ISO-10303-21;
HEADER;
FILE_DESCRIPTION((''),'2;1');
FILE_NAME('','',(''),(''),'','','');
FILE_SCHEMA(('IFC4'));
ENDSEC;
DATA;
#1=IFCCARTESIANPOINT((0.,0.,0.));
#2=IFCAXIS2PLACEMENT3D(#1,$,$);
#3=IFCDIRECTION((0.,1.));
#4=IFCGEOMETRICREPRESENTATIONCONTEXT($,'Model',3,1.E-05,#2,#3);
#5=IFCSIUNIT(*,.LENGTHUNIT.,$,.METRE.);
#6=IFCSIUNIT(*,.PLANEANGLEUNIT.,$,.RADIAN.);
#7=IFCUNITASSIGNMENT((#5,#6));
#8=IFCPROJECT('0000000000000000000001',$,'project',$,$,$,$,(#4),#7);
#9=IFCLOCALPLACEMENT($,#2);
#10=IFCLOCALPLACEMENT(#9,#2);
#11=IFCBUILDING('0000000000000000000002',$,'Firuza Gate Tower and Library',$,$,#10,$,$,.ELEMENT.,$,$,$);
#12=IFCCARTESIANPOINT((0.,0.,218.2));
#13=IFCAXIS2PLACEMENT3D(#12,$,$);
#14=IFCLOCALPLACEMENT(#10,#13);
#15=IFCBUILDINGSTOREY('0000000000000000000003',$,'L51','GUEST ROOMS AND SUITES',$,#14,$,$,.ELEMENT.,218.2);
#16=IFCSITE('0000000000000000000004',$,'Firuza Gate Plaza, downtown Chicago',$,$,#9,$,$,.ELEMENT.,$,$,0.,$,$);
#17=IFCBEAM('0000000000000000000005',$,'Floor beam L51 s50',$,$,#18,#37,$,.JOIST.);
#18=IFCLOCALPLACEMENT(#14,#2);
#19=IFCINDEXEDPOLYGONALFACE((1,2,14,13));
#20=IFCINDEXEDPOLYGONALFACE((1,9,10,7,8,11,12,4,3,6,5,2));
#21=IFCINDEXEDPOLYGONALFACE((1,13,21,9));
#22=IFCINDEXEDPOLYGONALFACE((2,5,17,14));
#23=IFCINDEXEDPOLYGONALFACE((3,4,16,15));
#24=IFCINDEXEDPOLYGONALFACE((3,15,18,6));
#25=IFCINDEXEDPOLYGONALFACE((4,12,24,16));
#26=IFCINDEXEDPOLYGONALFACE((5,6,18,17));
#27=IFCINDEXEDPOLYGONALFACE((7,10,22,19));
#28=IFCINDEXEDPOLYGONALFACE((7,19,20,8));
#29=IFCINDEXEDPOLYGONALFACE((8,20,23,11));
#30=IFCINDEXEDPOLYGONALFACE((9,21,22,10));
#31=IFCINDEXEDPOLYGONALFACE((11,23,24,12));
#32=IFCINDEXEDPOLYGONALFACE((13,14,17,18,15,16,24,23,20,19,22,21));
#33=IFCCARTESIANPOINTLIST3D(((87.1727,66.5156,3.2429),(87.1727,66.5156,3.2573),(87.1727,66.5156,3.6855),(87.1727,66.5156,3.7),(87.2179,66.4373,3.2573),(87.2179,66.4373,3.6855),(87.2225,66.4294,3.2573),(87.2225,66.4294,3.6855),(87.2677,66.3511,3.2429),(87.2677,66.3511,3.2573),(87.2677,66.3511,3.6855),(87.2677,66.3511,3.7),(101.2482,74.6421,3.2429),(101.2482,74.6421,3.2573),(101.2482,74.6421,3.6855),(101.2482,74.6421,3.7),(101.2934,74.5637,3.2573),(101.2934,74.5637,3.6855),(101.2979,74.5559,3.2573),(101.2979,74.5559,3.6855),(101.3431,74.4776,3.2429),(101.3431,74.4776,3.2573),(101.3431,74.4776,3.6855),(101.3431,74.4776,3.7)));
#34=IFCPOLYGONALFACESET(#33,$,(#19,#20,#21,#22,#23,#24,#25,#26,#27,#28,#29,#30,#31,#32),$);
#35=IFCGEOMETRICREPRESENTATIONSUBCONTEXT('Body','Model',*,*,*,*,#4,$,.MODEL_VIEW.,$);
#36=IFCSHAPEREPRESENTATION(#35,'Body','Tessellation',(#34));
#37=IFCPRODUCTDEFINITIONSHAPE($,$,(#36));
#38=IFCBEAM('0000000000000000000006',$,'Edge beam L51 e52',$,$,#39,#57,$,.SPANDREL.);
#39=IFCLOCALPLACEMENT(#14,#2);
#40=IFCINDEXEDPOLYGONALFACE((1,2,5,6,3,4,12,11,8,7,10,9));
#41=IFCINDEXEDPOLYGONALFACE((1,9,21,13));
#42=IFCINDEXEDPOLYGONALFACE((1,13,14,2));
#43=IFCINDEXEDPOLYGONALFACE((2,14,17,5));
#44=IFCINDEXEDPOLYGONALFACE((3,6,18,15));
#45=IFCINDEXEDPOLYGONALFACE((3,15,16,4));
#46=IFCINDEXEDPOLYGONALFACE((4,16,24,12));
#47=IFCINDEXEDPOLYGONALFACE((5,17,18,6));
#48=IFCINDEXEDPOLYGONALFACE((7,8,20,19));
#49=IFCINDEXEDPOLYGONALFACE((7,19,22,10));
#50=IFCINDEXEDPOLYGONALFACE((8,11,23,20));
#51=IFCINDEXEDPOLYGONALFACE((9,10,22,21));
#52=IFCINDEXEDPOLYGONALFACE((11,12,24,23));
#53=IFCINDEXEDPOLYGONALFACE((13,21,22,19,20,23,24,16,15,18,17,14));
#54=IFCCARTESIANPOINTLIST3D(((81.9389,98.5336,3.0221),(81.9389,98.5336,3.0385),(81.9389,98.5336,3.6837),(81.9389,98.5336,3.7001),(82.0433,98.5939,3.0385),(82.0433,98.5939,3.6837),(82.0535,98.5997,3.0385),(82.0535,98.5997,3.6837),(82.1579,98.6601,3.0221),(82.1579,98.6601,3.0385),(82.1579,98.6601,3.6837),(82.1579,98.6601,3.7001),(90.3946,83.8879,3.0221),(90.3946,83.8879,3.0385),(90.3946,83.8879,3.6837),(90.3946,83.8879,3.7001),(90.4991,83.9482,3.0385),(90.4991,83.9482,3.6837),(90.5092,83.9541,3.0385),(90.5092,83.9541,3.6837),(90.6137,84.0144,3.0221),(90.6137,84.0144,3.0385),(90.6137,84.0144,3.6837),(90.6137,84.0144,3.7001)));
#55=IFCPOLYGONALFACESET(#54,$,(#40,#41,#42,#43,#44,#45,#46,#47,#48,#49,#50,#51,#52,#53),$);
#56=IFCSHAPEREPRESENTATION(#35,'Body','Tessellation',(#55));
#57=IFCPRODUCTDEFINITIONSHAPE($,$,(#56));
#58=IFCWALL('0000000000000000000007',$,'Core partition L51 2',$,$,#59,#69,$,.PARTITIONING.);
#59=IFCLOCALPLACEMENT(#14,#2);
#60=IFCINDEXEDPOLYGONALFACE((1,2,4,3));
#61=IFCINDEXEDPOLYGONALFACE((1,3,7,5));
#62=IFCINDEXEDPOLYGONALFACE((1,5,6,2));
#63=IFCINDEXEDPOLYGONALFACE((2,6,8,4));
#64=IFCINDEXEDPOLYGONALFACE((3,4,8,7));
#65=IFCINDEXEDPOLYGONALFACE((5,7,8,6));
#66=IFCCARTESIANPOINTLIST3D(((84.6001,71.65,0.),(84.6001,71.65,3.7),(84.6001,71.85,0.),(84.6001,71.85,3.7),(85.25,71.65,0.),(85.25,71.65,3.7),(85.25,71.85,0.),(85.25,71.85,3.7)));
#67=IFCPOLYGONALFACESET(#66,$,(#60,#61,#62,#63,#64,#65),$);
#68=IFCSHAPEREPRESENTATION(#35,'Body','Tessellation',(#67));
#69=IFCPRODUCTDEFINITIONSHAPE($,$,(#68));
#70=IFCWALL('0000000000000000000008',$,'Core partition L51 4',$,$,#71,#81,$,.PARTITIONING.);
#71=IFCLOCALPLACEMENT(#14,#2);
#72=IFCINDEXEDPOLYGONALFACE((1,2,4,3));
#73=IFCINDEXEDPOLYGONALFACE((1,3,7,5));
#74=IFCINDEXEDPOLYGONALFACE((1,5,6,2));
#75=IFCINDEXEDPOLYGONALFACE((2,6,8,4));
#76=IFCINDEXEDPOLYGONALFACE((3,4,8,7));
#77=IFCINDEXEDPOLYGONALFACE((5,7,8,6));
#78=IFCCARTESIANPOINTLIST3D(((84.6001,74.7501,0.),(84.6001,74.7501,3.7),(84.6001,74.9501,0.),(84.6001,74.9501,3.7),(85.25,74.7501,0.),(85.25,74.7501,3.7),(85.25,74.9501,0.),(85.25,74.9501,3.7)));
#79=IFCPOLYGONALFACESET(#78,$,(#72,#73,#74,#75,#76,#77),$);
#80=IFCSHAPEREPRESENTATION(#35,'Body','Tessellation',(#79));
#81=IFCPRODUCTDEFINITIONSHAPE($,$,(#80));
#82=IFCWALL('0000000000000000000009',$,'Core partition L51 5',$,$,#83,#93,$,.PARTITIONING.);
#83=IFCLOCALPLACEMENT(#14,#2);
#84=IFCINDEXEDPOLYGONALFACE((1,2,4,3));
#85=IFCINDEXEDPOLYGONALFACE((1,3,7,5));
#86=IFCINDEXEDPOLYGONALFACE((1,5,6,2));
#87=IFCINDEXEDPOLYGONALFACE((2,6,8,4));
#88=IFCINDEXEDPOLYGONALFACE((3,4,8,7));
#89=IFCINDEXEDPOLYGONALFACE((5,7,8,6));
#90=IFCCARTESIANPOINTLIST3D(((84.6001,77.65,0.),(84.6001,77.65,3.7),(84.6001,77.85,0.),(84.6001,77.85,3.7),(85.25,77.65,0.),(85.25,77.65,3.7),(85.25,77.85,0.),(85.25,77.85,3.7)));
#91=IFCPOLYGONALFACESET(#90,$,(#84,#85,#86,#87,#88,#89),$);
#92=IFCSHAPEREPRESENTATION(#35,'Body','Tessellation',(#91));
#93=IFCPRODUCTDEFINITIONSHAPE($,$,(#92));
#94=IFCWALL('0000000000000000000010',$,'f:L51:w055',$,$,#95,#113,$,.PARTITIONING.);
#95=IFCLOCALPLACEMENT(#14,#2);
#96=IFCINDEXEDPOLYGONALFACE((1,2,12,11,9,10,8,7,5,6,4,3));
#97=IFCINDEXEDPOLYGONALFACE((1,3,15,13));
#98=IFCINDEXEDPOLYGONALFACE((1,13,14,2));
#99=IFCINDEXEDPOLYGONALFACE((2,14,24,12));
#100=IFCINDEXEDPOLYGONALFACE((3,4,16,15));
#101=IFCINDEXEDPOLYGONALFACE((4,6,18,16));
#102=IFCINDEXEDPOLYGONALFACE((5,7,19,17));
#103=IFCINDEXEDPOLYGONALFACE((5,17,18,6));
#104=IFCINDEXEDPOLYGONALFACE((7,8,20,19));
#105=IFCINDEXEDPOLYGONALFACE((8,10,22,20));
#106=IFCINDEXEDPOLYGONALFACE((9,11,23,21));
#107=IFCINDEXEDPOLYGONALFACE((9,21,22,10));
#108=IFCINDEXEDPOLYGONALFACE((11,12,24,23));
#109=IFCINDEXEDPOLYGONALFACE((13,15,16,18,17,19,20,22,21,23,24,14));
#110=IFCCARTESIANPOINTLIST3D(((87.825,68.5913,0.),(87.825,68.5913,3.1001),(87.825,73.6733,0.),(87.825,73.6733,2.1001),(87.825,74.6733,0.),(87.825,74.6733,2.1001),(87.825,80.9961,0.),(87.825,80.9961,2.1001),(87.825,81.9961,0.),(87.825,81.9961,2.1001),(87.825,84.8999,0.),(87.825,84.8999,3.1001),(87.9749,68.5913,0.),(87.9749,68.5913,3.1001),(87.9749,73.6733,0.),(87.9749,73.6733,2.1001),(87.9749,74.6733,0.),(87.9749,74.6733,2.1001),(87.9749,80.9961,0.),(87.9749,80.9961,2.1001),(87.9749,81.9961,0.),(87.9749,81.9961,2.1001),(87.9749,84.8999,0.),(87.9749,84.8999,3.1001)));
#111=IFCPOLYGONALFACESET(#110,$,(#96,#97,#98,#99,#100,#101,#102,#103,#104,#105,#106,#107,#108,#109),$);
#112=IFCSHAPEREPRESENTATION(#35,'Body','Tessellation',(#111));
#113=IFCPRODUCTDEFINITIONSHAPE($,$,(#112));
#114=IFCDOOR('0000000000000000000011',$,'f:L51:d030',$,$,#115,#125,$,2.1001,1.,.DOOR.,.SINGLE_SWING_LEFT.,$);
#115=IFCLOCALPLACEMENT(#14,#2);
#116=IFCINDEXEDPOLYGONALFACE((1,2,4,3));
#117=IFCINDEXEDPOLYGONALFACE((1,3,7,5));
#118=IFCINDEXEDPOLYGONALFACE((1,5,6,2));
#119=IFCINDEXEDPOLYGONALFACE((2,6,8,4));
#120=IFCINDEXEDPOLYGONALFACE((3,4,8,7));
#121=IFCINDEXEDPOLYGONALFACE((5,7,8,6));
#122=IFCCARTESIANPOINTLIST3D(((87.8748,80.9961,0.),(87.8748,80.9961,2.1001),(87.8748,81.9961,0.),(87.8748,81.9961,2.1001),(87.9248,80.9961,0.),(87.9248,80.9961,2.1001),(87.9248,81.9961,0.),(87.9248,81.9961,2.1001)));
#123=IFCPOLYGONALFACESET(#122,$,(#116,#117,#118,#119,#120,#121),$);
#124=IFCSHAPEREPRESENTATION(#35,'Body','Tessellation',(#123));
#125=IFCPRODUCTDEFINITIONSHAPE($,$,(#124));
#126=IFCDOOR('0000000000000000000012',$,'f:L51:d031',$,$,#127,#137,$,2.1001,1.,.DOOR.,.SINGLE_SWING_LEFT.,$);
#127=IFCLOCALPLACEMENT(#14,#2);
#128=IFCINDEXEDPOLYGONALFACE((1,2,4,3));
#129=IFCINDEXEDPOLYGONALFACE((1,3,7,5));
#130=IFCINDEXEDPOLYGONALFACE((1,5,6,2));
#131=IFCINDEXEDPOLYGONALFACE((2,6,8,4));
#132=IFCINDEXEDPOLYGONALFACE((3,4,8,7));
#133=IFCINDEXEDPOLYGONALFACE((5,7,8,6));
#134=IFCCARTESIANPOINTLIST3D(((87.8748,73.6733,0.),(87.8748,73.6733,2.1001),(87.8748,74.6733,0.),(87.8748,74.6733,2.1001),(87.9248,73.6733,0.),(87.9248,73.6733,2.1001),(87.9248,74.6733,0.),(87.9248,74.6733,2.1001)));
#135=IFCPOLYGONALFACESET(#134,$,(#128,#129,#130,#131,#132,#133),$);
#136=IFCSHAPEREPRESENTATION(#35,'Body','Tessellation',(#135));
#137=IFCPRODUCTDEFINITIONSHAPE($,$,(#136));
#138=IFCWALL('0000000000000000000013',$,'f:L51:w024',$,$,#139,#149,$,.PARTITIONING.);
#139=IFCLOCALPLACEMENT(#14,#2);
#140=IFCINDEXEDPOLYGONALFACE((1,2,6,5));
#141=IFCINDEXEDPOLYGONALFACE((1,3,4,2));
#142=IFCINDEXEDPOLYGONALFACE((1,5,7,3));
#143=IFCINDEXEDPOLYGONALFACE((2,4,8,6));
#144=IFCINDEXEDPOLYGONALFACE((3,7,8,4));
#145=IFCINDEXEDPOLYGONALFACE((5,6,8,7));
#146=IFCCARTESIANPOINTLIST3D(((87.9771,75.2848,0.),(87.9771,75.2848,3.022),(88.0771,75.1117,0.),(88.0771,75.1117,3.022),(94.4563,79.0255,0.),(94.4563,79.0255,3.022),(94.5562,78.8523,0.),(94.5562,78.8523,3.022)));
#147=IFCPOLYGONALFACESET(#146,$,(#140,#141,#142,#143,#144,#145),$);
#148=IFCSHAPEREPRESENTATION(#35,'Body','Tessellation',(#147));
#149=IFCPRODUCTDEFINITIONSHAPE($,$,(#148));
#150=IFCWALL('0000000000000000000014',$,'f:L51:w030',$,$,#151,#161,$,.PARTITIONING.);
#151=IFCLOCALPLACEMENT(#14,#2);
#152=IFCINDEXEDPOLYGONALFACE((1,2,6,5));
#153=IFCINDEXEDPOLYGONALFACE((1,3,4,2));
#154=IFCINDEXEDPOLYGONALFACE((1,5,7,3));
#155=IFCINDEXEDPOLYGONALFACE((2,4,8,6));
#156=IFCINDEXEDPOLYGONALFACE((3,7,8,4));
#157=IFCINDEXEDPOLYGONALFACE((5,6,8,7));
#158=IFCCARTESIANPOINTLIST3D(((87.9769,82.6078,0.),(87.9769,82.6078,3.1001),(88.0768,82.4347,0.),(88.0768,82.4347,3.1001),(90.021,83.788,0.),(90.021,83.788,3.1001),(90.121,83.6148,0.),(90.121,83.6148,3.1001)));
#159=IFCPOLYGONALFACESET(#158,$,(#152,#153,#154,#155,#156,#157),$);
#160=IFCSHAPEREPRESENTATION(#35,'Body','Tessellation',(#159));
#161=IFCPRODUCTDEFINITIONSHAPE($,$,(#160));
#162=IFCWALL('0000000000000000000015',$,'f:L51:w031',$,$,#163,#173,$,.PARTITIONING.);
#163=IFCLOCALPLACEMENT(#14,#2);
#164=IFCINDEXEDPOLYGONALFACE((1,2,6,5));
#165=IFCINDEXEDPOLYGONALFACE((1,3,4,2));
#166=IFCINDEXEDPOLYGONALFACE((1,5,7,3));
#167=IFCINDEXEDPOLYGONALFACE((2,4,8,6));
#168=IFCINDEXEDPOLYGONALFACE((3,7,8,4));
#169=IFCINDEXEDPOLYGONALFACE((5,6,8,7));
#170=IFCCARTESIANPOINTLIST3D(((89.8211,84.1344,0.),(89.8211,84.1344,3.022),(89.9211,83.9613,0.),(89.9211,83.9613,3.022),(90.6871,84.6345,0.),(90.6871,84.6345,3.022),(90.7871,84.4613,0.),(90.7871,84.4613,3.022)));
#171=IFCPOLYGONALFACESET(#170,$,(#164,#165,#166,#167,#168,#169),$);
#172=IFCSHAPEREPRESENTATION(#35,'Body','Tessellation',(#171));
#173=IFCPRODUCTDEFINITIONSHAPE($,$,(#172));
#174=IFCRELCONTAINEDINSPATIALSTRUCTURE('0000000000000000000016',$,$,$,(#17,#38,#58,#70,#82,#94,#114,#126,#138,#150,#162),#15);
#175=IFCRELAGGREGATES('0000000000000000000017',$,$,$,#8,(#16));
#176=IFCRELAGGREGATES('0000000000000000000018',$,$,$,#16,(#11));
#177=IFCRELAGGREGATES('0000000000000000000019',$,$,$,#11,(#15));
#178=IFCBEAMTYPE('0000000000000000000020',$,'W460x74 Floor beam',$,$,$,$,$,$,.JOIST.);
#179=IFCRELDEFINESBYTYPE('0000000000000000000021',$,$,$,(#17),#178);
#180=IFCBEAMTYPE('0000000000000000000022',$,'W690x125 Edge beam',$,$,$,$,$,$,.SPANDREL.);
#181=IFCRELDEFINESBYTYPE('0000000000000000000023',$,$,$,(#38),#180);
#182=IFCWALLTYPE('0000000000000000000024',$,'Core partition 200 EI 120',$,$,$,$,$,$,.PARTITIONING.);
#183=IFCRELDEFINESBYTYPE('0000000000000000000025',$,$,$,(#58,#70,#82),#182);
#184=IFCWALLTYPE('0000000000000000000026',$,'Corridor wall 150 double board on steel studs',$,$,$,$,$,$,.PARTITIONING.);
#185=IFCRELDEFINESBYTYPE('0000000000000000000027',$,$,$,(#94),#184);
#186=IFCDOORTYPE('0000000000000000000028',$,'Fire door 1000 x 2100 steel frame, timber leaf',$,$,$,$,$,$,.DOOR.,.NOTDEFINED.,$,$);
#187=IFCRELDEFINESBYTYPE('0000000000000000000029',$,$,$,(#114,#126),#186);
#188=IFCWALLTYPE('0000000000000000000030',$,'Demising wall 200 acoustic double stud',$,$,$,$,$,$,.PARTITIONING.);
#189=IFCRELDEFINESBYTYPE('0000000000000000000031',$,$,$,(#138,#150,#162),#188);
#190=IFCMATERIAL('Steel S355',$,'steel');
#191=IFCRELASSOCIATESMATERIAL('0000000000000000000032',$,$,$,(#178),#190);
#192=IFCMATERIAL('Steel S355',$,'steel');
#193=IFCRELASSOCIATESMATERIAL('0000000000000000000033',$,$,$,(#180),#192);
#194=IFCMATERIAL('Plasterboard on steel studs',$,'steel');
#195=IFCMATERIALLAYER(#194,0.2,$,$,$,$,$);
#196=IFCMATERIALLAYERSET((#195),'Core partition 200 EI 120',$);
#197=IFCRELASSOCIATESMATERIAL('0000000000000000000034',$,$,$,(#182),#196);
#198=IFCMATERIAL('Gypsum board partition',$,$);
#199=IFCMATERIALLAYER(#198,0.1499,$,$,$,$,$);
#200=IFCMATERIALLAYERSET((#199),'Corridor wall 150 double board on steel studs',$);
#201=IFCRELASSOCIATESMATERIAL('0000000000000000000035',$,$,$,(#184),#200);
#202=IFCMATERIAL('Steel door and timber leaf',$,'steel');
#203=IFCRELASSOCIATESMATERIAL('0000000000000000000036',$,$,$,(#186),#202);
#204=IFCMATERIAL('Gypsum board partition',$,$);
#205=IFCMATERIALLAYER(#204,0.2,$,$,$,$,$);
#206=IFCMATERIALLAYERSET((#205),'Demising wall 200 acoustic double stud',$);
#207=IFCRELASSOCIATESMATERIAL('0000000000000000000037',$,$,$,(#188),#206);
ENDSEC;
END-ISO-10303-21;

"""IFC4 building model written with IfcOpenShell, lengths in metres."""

from ifc_helpers import new_model, si_unit, direction, frame, frame_2d, origin, origin_2d, place, context, subcontext, project, spatial, rectangle, i_section, extrude, material, layer, layer_set, material_profile, profile_set, type_object, element, fill, save


model = new_model("IFC4")

# Units and contexts
model_context = context("Model", 3, precision=1e-05, world=origin(), true_north=direction((0.0, 1.0)))
body_context = subcontext(model_context, "Body", "Model", "MODEL_VIEW")
ifc_project = project(units=[si_unit("LENGTHUNIT", "METRE"), si_unit("PLANEANGLEUNIT", "RADIAN")], contexts=[model_context])

# Site, building, storey
site_placement = place(None, origin())
site = spatial("IfcSite", under=ifc_project, at=site_placement, Name="Firuza Gate Plaza, downtown Chicago", CompositionType="ELEMENT", RefElevation=0.0)
building_placement = place(site_placement, origin())
building = spatial("IfcBuilding", under=site, at=building_placement, Name="Firuza Gate Tower and Library", CompositionType="ELEMENT")
storey_placement = place(building_placement, frame((0.0, 0.0, 218.2)))
storey = spatial("IfcBuildingStorey", under=building, at=storey_placement, Name="L51", Description="GUEST ROOMS AND SUITES", CompositionType="ELEMENT", Elevation=218.2)

# Beams
ifc_material_1 = material(Name="Steel S355", Category="steel")
ifc_material_profile_1 = material_profile(ifc_material_1, i_section(OverallWidth=0.1899, OverallDepth=0.457, WebThickness=0.009, FlangeThickness=0.0144, at=origin_2d()))
ifc_profile_set_1 = profile_set([ifc_material_profile_1], Name="Steel S355")
beam_type_1 = type_object("IfcBeamType", Name="W460x74 Floor beam", PredefinedType="JOIST", material=ifc_profile_set_1)
beam_1_placement = place(storey_placement, frame((101.2957, 74.5598, 3.4714), z_axis=(-0.866025, -0.5, 0.0), x_axis=(0.5, -0.866025, 0.0)))
element("IfcBeam", 1, at=beam_1_placement, inside=storey, type_object=beam_type_1, Name="Floor beam L51 s50", PredefinedType="JOIST", context=body_context, shape_type="SweptSolid", body=[
    extrude(i_section(OverallWidth=0.1899, OverallDepth=0.457, WebThickness=0.009, FlangeThickness=0.0144, at=origin_2d()), origin(), (0.0, 0.0, 1.0), 16.2529),
])
ifc_material_2 = material(Name="Steel S355", Category="steel")
ifc_material_profile_2 = material_profile(ifc_material_2, i_section(OverallWidth=0.2529, OverallDepth=0.678, WebThickness=0.0117, FlangeThickness=0.0164, at=origin_2d()))
ifc_profile_set_2 = profile_set([ifc_material_profile_2], Name="Steel S355")
beam_type_2 = type_object("IfcBeamType", Name="W690x125 Edge beam", PredefinedType="SPANDREL", material=ifc_profile_set_2)
beam_2_placement = place(storey_placement, frame((90.5042, 83.9512, 3.3611), z_axis=(-0.500004, 0.866023, 0.0), x_axis=(-0.866023, -0.500004, 0.0)))
element("IfcBeam", 2, at=beam_2_placement, inside=storey, type_object=beam_type_2, Name="Edge beam L51 e52", PredefinedType="SPANDREL", context=body_context, shape_type="SweptSolid", body=[
    extrude(i_section(OverallWidth=0.2529, OverallDepth=0.678, WebThickness=0.0117, FlangeThickness=0.0164, at=origin_2d()), origin(), (0.0, 0.0, 1.0), 16.9114),
])

# Walls
ifc_material_3 = material(Name="Plasterboard on steel studs", Category="steel")
ifc_layer_1 = layer(ifc_material_3, 0.2)
ifc_layer_set_1 = layer_set([ifc_layer_1], Name="Core partition 200 EI 120")
wall_type_1 = type_object("IfcWallType", Name="Core partition 200 EI 120", PredefinedType="PARTITIONING", material=ifc_layer_set_1)
for number, where, z_axis, x_axis, name in (
    (3, (84.6001, 71.75, 0.0), (0.0, 0.0, 1.0), (1.0, 0.0, 0.0), "Core partition L51 2"),
    (4, (84.6001, 74.8501, 0.0), (0.0, 0.0, 1.0), (1.0, 0.0, 0.0), "Core partition L51 4"),
    (5, (84.6001, 77.75, 0.0), (0.0, 0.0, 1.0), (1.0, 0.0, 0.0), "Core partition L51 5"),
):
    element("IfcWall", number, at=place(storey_placement, frame(where, z_axis=z_axis, x_axis=x_axis)), inside=storey, type_object=wall_type_1, Name=name, PredefinedType="PARTITIONING", context=body_context, shape_type="SweptSolid", body=[
        extrude(rectangle(XDim=0.6499, YDim=0.2, at=frame_2d((0.325, 0.0))), origin(), (0.0, 0.0, 1.0), 3.7),
    ])

# Wall, openings, doors
ifc_material_4 = material(Name="Gypsum board partition")
ifc_layer_2 = layer(ifc_material_4, 0.1499)
ifc_layer_set_2 = layer_set([ifc_layer_2], Name="Corridor wall 150 double board on steel studs")
wall_type_2 = type_object("IfcWallType", Name="Corridor wall 150 double board on steel studs", PredefinedType="PARTITIONING", material=ifc_layer_set_2)
wall_1_placement = place(storey_placement, frame((87.8999, 84.8999, 0.0), z_axis=(0.0, 0.0, 1.0), x_axis=(0.0, -1.0, 0.0)))
wall_1 = element("IfcWall", 6, at=wall_1_placement, inside=storey, type_object=wall_type_2, Name="f:L51:w055", PredefinedType="PARTITIONING", context=body_context, shape_type="SweptSolid", body=[
    extrude(rectangle(XDim=16.3086, YDim=0.1499, at=frame_2d((8.1543, 0.0))), origin(), (0.0, 0.0, 1.0), 3.1001),
])
opening_1_placement = place(wall_1_placement, frame((2.9038, 0.0, 0.0)))
opening_1 = element("IfcOpeningElement", 7, at=opening_1_placement, cuts=wall_1, PredefinedType="OPENING", context=body_context, shape_type="SweptSolid", body=[
    extrude(rectangle(XDim=1.0, YDim=2.1001, at=frame_2d((0.5, 1.05))), frame((0.0, 0.085, 0.0), z_axis=(0.0, -1.0, 0.0), x_axis=(1.0, 0.0, 0.0)), (0.0, 0.0, 1.0), 0.1699),
])
opening_2_placement = place(wall_1_placement, frame((10.2266, 0.0, 0.0)))
opening_2 = element("IfcOpeningElement", 8, at=opening_2_placement, cuts=wall_1, PredefinedType="OPENING", context=body_context, shape_type="SweptSolid", body=[
    extrude(rectangle(XDim=1.0, YDim=2.1001, at=frame_2d((0.5, 1.05))), frame((0.0, 0.085, 0.0), z_axis=(0.0, -1.0, 0.0), x_axis=(1.0, 0.0, 0.0)), (0.0, 0.0, 1.0), 0.1699),
])
ifc_material_5 = material(Name="Steel door and timber leaf", Category="steel")
door_type_1 = type_object("IfcDoorType", Name="Fire door 1000 x 2100 steel frame, timber leaf", OperationType="NOTDEFINED", PredefinedType="DOOR", material=ifc_material_5)
door_1_placement = place(opening_1_placement, origin())
door_1 = element("IfcDoor", 9, at=door_1_placement, inside=storey, type_object=door_type_1, Name="f:L51:d030", OperationType="SINGLE_SWING_LEFT", OverallHeight=2.1001, OverallWidth=1.0, PredefinedType="DOOR", context=body_context, shape_type="SweptSolid", body=[
    extrude(rectangle(XDim=1.0, YDim=2.1001, at=frame_2d((0.5, 1.05))), frame((0.0, 0.0249, 0.0), z_axis=(0.0, -1.0, 0.0), x_axis=(1.0, 0.0, 0.0)), (0.0, 0.0, 1.0), 0.05),
])
fill(opening_1, door_1)
door_2_placement = place(opening_2_placement, origin())
door_2 = element("IfcDoor", 10, at=door_2_placement, inside=storey, type_object=door_type_1, Name="f:L51:d031", OperationType="SINGLE_SWING_LEFT", OverallHeight=2.1001, OverallWidth=1.0, PredefinedType="DOOR", context=body_context, shape_type="SweptSolid", body=[
    extrude(rectangle(XDim=1.0, YDim=2.1001, at=frame_2d((0.5, 1.05))), frame((0.0, 0.0249, 0.0), z_axis=(0.0, -1.0, 0.0), x_axis=(1.0, 0.0, 0.0)), (0.0, 0.0, 1.0), 0.05),
])
fill(opening_2, door_2)

# Walls
ifc_material_6 = material(Name="Gypsum board partition")
ifc_layer_3 = layer(ifc_material_6, 0.2)
ifc_layer_set_3 = layer_set([ifc_layer_3], Name="Demising wall 200 acoustic double stud")
wall_type_3 = type_object("IfcWallType", Name="Demising wall 200 acoustic double stud", PredefinedType="PARTITIONING", material=ifc_layer_set_3)
wall_2_placement = place(storey_placement, frame((88.0271, 75.1982, 0.0), z_axis=(0.0, 0.0, 1.0), x_axis=(0.86603, 0.499993, 0.0)))
element("IfcWall", 11, at=wall_2_placement, inside=storey, type_object=wall_type_3, Name="f:L51:w024", PredefinedType="PARTITIONING", context=body_context, shape_type="SweptSolid", body=[
    extrude(rectangle(XDim=7.4814, YDim=0.2, at=frame_2d((3.7407, 0.0))), origin(), (0.0, 0.0, 1.0), 3.022),
])
wall_3_placement = place(storey_placement, frame((88.0269, 82.5212, 0.0), z_axis=(0.0, 0.0, 1.0), x_axis=(0.866032, 0.499988, 0.0)))
element("IfcWall", 12, at=wall_3_placement, inside=storey, type_object=wall_type_3, Name="f:L51:w030", PredefinedType="PARTITIONING", context=body_context, shape_type="SweptSolid", body=[
    extrude(rectangle(XDim=2.3604, YDim=0.2, at=frame_2d((1.1802, 0.0))), origin(), (0.0, 0.0, 1.0), 3.1001),
])
wall_4_placement = place(storey_placement, frame((89.8711, 84.0479, 0.0), z_axis=(0.0, 0.0, 1.0), x_axis=(0.866011, 0.500025, 0.0)))
element("IfcWall", 13, at=wall_4_placement, inside=storey, type_object=wall_type_3, Name="f:L51:w031", PredefinedType="PARTITIONING", context=body_context, shape_type="SweptSolid", body=[
    extrude(rectangle(XDim=1.0, YDim=0.2, at=frame_2d((0.5, 0.0))), origin(), (0.0, 0.0, 1.0), 3.022),
])

save(model, "model.ifc")
